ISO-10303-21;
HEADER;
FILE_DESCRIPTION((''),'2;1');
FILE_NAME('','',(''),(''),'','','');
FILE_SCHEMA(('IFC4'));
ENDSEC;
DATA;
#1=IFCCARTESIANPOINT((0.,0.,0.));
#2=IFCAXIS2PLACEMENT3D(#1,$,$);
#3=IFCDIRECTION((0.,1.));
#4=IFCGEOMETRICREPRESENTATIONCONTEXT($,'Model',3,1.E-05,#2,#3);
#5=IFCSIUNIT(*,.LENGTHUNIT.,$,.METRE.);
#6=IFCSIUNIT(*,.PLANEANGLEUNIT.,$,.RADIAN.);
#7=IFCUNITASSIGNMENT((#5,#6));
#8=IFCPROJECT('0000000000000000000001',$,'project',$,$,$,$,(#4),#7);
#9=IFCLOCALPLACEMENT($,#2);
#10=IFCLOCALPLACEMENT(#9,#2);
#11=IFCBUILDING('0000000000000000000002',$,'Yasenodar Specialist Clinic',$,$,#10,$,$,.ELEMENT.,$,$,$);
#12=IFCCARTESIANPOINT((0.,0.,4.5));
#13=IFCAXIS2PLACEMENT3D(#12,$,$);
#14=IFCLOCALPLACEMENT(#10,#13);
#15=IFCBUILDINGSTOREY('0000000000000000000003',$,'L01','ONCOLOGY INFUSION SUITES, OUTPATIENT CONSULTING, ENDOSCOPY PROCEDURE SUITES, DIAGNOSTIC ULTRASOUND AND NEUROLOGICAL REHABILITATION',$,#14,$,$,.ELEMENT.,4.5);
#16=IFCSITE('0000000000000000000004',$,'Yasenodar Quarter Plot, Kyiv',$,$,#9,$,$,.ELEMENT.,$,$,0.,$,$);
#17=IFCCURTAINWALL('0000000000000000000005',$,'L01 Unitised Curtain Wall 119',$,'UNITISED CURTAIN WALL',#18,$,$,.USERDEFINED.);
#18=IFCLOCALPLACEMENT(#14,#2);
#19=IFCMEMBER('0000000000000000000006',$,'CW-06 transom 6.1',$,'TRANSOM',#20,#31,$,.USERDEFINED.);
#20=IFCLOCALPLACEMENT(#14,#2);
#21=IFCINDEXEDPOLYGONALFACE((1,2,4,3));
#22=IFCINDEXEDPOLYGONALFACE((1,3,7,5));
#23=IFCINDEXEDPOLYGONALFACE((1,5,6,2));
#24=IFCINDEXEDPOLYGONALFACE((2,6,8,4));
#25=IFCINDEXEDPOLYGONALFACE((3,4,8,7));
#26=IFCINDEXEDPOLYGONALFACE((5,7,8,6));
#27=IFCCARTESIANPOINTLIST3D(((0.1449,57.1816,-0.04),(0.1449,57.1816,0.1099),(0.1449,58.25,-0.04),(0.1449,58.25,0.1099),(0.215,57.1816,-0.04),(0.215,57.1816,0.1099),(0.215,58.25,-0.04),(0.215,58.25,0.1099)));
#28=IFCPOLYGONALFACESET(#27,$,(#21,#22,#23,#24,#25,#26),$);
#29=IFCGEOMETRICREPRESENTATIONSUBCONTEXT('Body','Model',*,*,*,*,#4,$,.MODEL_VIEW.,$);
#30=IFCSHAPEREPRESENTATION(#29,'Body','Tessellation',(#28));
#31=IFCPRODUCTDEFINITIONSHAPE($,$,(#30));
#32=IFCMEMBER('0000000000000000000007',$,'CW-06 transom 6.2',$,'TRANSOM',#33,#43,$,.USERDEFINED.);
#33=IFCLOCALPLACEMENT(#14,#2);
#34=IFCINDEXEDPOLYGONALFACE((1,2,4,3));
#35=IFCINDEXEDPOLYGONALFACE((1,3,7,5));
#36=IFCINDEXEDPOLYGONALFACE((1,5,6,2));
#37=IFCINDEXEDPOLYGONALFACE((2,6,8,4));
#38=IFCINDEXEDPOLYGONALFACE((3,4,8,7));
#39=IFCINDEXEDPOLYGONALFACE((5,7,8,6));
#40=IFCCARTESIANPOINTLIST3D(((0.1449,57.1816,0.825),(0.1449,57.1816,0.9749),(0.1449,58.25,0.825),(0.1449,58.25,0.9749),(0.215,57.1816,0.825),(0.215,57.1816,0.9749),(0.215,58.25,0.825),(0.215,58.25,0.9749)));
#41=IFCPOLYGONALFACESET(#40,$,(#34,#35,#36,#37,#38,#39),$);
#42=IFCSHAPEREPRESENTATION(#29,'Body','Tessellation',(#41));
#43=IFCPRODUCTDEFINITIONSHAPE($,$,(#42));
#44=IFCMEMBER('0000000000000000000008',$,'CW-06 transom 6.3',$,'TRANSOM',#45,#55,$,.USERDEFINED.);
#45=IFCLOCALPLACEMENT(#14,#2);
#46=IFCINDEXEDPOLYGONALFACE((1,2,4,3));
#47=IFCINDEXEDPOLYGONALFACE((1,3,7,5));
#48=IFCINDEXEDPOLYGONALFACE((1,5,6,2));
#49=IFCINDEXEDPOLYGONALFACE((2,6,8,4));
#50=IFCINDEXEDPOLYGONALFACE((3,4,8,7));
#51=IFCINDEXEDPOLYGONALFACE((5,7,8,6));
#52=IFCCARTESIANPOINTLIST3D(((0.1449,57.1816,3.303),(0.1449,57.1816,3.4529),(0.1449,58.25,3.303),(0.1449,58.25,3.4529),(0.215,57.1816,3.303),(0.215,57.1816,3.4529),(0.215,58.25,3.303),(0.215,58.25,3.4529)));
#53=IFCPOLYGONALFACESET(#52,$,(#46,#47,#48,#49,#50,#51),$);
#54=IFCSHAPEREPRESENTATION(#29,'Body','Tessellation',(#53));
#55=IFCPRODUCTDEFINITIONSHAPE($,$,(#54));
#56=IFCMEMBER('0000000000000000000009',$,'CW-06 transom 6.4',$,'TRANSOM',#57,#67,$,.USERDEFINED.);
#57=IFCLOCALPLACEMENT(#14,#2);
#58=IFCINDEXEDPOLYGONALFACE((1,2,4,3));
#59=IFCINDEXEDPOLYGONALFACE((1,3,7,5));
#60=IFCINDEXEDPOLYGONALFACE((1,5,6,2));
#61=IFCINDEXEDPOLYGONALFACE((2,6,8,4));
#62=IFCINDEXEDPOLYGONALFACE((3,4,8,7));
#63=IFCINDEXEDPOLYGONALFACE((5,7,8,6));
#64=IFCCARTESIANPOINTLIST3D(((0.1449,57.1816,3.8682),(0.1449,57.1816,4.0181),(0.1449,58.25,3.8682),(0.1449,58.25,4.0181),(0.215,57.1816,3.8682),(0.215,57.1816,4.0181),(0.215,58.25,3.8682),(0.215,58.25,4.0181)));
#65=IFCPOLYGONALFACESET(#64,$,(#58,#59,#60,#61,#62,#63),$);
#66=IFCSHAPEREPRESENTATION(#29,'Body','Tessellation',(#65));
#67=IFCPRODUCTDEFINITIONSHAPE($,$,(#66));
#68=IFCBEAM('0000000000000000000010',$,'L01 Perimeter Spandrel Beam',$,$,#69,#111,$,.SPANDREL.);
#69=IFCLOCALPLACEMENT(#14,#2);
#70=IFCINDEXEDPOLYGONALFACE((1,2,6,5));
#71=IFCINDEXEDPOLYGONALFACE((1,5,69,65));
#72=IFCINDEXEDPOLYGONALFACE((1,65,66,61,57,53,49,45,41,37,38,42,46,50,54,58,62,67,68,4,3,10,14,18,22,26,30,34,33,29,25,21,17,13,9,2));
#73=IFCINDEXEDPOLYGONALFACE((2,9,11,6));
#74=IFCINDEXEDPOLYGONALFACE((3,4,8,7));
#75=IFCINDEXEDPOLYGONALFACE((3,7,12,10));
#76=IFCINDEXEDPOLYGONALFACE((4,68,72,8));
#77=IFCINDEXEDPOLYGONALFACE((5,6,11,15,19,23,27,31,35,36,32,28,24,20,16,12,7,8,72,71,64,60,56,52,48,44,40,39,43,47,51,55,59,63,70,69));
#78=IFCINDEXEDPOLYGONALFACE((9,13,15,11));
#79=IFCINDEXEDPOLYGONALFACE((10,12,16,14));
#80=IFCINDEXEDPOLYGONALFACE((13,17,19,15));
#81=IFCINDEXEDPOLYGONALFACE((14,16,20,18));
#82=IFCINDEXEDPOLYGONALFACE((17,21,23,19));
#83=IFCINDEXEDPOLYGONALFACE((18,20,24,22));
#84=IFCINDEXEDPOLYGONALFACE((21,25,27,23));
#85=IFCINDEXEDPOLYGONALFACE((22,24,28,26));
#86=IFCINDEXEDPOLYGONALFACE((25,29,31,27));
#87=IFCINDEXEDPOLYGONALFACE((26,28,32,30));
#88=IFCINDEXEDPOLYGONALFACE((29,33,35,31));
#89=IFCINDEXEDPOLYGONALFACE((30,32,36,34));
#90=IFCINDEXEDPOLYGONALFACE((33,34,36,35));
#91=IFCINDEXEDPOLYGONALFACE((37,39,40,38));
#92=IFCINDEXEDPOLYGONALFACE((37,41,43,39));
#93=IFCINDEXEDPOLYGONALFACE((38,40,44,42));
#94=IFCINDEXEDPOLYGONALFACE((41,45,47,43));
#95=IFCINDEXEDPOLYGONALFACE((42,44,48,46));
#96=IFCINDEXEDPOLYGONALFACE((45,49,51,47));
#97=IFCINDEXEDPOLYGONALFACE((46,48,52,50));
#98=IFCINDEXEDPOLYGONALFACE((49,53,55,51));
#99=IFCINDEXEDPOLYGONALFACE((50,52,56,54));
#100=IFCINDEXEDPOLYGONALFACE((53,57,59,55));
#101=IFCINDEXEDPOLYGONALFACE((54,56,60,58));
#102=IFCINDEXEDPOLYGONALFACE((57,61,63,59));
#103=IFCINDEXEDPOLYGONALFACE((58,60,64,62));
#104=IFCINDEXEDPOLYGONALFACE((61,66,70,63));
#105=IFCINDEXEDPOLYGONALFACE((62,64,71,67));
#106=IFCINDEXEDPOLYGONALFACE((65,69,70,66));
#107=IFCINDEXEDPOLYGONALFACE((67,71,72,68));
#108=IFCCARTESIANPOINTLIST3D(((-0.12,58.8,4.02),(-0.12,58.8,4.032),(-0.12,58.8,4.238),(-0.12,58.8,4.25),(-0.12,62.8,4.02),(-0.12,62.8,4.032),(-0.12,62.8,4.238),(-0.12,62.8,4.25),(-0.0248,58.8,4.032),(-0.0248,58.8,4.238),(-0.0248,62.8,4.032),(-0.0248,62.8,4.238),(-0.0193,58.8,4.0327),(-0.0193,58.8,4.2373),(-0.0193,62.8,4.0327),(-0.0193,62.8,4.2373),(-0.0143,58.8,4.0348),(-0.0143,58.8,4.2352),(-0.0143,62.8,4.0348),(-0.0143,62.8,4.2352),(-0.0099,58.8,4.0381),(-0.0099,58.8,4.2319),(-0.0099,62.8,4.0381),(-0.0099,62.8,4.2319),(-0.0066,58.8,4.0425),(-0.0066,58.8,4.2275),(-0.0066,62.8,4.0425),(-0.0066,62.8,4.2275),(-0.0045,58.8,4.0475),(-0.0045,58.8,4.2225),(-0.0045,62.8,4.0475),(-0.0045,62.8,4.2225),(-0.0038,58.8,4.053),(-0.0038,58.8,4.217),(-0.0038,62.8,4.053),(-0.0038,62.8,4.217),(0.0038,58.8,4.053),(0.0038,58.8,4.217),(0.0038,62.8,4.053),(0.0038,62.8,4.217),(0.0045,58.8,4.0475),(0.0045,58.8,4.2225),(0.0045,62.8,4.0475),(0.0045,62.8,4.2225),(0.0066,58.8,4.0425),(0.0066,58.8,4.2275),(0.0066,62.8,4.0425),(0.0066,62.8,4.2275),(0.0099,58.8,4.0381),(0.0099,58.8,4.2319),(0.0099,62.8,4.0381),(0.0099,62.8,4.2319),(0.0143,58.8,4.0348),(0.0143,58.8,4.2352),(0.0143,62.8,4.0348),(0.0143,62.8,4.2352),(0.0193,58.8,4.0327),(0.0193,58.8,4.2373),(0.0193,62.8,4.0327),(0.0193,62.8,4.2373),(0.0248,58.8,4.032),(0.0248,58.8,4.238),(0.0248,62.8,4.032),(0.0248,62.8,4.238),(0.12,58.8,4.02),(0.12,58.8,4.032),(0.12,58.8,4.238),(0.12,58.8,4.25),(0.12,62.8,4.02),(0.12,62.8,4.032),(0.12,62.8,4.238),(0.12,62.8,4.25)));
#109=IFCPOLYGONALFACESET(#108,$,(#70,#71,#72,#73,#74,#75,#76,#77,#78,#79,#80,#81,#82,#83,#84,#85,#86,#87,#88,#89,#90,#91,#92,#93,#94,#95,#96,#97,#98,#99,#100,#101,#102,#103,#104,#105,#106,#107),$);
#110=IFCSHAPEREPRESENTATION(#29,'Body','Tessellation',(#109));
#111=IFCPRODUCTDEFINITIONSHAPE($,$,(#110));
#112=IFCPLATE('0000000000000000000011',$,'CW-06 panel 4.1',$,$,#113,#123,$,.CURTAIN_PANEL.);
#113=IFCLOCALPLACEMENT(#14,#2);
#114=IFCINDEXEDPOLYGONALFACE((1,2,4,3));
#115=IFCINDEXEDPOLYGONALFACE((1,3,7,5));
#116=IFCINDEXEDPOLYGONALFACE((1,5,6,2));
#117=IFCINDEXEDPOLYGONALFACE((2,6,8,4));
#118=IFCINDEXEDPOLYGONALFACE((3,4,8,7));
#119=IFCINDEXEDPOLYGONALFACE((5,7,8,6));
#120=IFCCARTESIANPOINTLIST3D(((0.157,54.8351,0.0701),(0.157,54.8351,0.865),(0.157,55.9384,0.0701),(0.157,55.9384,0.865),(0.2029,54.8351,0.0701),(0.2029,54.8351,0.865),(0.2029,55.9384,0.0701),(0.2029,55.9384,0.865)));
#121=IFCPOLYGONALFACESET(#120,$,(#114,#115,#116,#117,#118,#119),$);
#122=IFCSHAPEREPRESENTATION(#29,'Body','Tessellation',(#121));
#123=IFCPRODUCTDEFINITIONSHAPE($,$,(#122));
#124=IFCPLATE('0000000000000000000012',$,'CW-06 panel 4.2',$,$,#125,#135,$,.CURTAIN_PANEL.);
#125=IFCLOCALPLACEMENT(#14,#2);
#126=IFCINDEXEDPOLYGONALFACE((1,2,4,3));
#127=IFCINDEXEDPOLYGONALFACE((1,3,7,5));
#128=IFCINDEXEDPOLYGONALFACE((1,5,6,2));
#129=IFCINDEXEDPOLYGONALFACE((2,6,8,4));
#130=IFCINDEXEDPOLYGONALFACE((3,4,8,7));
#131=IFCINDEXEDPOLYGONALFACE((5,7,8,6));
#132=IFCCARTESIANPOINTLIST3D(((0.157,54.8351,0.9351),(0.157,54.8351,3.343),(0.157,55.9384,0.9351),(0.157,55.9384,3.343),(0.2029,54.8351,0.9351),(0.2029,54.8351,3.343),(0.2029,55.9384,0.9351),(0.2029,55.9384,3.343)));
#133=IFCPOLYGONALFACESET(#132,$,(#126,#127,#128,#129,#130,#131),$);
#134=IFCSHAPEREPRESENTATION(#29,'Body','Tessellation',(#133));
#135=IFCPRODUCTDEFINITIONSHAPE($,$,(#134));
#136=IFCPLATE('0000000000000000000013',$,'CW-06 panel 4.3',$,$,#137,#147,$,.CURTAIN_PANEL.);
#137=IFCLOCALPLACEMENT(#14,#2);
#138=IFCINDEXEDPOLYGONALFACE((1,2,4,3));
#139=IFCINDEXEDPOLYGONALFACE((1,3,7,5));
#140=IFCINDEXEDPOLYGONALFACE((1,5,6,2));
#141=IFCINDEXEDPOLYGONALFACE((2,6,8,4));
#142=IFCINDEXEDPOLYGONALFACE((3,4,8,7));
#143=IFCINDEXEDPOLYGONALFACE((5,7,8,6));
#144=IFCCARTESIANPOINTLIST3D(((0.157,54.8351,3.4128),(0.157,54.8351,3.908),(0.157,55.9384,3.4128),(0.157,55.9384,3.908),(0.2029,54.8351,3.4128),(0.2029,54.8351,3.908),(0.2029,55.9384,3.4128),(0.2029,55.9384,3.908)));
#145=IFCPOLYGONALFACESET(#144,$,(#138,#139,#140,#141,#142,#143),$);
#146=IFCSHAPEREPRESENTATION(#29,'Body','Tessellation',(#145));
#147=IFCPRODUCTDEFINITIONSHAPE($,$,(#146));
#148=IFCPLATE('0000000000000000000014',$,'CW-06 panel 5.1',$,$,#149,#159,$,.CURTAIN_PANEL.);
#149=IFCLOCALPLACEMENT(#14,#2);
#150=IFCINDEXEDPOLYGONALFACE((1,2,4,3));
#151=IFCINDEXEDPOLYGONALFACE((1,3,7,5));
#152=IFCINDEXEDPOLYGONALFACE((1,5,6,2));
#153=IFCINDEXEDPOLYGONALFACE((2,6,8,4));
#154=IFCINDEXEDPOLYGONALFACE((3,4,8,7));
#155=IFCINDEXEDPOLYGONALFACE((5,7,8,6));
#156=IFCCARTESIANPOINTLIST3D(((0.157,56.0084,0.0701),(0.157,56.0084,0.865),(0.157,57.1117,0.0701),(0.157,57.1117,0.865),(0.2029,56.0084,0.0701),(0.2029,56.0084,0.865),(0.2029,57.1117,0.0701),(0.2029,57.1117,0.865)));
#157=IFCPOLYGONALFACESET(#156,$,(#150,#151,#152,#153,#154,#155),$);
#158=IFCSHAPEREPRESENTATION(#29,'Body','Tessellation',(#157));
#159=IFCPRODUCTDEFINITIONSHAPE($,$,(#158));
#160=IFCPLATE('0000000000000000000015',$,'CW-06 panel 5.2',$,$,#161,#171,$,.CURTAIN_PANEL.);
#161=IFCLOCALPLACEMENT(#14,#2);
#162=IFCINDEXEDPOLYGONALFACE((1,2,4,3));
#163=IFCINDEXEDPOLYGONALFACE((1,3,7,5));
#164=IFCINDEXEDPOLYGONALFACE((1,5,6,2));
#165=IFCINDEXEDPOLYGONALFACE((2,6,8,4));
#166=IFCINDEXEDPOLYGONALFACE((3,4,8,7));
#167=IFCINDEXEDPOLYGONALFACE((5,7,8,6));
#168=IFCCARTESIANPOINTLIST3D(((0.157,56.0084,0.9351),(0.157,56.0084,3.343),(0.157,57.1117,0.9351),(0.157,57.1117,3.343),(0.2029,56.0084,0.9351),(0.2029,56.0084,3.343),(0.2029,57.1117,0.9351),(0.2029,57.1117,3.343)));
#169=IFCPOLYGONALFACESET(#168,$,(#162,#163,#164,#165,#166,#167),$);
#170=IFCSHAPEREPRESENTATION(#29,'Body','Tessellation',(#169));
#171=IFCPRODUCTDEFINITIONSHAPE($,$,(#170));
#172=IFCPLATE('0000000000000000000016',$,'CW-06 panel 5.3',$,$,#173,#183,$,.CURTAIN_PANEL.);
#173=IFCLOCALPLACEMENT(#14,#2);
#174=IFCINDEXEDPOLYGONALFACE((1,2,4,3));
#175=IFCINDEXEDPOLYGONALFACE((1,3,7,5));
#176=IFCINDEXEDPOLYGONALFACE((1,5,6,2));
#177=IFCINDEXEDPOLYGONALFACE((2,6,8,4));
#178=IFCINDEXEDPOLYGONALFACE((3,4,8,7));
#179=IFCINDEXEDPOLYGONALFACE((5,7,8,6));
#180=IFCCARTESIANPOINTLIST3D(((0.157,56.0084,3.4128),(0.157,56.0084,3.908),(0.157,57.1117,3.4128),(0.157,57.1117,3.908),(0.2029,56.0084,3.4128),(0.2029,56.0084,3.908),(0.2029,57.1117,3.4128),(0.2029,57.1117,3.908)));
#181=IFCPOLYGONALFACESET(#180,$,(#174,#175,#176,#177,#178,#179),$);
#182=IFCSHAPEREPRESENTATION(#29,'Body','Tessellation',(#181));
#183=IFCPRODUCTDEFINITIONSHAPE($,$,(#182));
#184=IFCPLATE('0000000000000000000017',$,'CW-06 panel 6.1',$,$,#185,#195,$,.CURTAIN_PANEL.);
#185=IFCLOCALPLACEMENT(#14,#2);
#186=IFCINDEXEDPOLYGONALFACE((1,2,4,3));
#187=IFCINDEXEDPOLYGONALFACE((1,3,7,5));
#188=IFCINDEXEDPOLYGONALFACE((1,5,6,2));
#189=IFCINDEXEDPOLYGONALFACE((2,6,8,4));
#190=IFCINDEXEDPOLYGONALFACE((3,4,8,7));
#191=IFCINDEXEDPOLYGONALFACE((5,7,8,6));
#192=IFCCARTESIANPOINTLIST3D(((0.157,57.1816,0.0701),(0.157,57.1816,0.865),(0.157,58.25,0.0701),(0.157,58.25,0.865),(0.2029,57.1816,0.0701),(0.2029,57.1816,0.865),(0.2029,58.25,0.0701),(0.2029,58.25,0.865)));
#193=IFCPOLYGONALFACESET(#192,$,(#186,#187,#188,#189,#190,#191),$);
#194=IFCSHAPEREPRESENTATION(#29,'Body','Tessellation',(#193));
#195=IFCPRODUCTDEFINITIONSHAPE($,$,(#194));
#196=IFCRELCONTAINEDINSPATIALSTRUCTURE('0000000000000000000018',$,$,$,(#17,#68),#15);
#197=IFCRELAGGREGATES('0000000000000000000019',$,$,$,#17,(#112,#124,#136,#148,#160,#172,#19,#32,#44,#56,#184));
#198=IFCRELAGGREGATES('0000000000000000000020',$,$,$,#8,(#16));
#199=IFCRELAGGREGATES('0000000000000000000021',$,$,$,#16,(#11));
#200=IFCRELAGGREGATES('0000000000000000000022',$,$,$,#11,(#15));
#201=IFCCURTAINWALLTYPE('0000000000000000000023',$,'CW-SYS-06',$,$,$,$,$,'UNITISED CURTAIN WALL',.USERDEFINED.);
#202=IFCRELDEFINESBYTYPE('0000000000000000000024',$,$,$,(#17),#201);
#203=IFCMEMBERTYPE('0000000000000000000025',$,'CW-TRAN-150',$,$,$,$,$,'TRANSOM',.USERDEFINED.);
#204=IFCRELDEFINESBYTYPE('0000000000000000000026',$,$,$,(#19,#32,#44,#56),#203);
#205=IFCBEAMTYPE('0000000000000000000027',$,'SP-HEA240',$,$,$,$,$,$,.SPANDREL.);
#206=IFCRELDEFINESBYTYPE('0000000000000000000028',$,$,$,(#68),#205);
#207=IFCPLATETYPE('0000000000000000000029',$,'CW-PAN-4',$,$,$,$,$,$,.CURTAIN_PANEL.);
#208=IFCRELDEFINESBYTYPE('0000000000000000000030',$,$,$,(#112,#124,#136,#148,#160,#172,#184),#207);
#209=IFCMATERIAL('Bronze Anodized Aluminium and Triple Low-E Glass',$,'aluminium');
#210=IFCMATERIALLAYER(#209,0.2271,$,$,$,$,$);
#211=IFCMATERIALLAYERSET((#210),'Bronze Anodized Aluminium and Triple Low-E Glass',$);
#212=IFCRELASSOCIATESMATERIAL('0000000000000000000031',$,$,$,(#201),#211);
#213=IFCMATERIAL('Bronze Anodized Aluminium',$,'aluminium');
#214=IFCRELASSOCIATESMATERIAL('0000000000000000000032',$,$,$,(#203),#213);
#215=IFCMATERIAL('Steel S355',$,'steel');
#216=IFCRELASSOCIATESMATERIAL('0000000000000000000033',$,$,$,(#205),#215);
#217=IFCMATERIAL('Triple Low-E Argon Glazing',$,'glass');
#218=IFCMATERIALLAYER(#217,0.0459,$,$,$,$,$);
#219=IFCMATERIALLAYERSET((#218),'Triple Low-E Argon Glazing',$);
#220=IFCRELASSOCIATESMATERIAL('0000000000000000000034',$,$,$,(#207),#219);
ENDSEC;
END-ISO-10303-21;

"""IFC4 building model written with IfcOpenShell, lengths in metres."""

from ifc_helpers import new_model, si_unit, direction, frame, origin, origin_2d, place, context, subcontext, project, spatial, rectangle, i_section, extrude, material, layer, layer_set, material_profile, profile_set, type_object, element, aggregate, save


model = new_model("IFC4")

# Units and contexts
model_context = context("Model", 3, precision=1e-05, world=origin(), true_north=direction((0.0, 1.0)))
body_context = subcontext(model_context, "Body", "Model", "MODEL_VIEW")
ifc_project = project(units=[si_unit("LENGTHUNIT", "METRE"), si_unit("PLANEANGLEUNIT", "RADIAN")], contexts=[model_context])

# Site, building, storey
site_placement = place(None, origin())
site = spatial("IfcSite", under=ifc_project, at=site_placement, Name="Yasenodar Quarter Plot, Kyiv", CompositionType="ELEMENT", RefElevation=0.0)
building_placement = place(site_placement, origin())
building = spatial("IfcBuilding", under=site, at=building_placement, Name="Yasenodar Specialist Clinic", CompositionType="ELEMENT")
storey_placement = place(building_placement, frame((0.0, 0.0, 4.5)))
storey = spatial("IfcBuildingStorey", under=building, at=storey_placement, Name="L01", Description="ONCOLOGY INFUSION SUITES, OUTPATIENT CONSULTING, ENDOSCOPY PROCEDURE SUITES, DIAGNOSTIC ULTRASOUND AND NEUROLOGICAL REHABILITATION", CompositionType="ELEMENT", Elevation=4.5)

# Shared definitions
ifc_material_1 = material(Name="Steel S355", Category="steel")

# Curtain wall, members
ifc_material_2 = material(Name="Bronze Anodized Aluminium and Triple Low-E Glass", Category="aluminium")
ifc_layer_1 = layer(ifc_material_2, 0.2271)
ifc_layer_set_1 = layer_set([ifc_layer_1], Name="Bronze Anodized Aluminium and Triple Low-E Glass")
curtain_wall_type = type_object("IfcCurtainWallType", Name="CW-SYS-06", ElementType="UNITISED CURTAIN WALL", PredefinedType="USERDEFINED", material=ifc_layer_set_1)
curtain_wall_placement = place(storey_placement, origin())
curtain_wall = element("IfcCurtainWall", 1, at=curtain_wall_placement, inside=storey, type_object=curtain_wall_type, Name="L01 Unitised Curtain Wall 119", ObjectType="UNITISED CURTAIN WALL", PredefinedType="USERDEFINED")
ifc_material_3 = material(Name="Bronze Anodized Aluminium", Category="aluminium")
ifc_material_profile_1 = material_profile(ifc_material_3, rectangle(XDim=0.0701, YDim=0.1499, at=origin_2d()), Name="CW-TRAN 70x150")
ifc_profile_set_1 = profile_set([ifc_material_profile_1], Name="Bronze Anodized Aluminium")
member_type_1 = type_object("IfcMemberType", Name="CW-TRAN-150", ElementType="TRANSOM", PredefinedType="USERDEFINED", material=ifc_profile_set_1)
member_1_placement = place(storey_placement, frame((0.1799, 57.1816, 0.0349), z_axis=(0.0, 1.0, 0.0), x_axis=(-1.0, 0.0, 0.0)))
member_1 = element("IfcMember", 2, at=member_1_placement, type_object=member_type_1, Name="CW-06 transom 6.1", ObjectType="TRANSOM", PredefinedType="USERDEFINED", context=body_context, shape_type="SweptSolid", body=[
    extrude(rectangle(XDim=0.0701, YDim=0.1499, at=origin_2d()), origin(), (0.0, 0.0, 1.0), 1.0684),
])
member_2_placement = place(storey_placement, frame((0.1799, 57.1816, 0.8999), z_axis=(0.0, 1.0, 0.0), x_axis=(-1.0, 0.0, 0.0)))
member_2 = element("IfcMember", 3, at=member_2_placement, type_object=member_type_1, Name="CW-06 transom 6.2", ObjectType="TRANSOM", PredefinedType="USERDEFINED", context=body_context, shape_type="SweptSolid", body=[
    extrude(rectangle(XDim=0.0701, YDim=0.1499, at=origin_2d()), origin(), (0.0, 0.0, 1.0), 1.0684),
])
member_3_placement = place(storey_placement, frame((0.1799, 57.1816, 3.3779), z_axis=(0.0, 1.0, 0.0), x_axis=(-1.0, 0.0, 0.0)))
member_3 = element("IfcMember", 4, at=member_3_placement, type_object=member_type_1, Name="CW-06 transom 6.3", ObjectType="TRANSOM", PredefinedType="USERDEFINED", context=body_context, shape_type="SweptSolid", body=[
    extrude(rectangle(XDim=0.0701, YDim=0.1499, at=origin_2d()), origin(), (0.0, 0.0, 1.0), 1.0684),
])
member_4_placement = place(storey_placement, frame((0.1799, 57.1816, 3.9431), z_axis=(0.0, 1.0, 0.0), x_axis=(-1.0, 0.0, 0.0)))
member_4 = element("IfcMember", 5, at=member_4_placement, type_object=member_type_1, Name="CW-06 transom 6.4", ObjectType="TRANSOM", PredefinedType="USERDEFINED", context=body_context, shape_type="SweptSolid", body=[
    extrude(rectangle(XDim=0.0701, YDim=0.1499, at=origin_2d()), origin(), (0.0, 0.0, 1.0), 1.0684),
])

# Beam
ifc_material_profile_2 = material_profile(ifc_material_1, i_section(OverallWidth=0.24, OverallDepth=0.23, WebThickness=0.0076, FlangeThickness=0.012, FilletRadius=0.021, at=origin_2d()), Name="HEA 240")
ifc_profile_set_2 = profile_set([ifc_material_profile_2], Name="Steel S355")
beam_type_1 = type_object("IfcBeamType", Name="SP-HEA240", PredefinedType="SPANDREL", material=ifc_profile_set_2)
beam_1_placement = place(storey_placement, frame((0.0, 58.8, 4.135), z_axis=(0.0, 1.0, 0.0), x_axis=(-1.0, 0.0, 0.0)))
element("IfcBeam", 6, at=beam_1_placement, inside=storey, type_object=beam_type_1, Name="L01 Perimeter Spandrel Beam", PredefinedType="SPANDREL", context=body_context, shape_type="SweptSolid", body=[
    extrude(i_section(OverallWidth=0.24, OverallDepth=0.23, WebThickness=0.0076, FlangeThickness=0.012, FilletRadius=0.021, at=origin_2d()), origin(), (0.0, 0.0, 1.0), 4.0),
])

# Plates
ifc_material_4 = material(Name="Triple Low-E Argon Glazing", Category="glass")
ifc_layer_2 = layer(ifc_material_4, 0.0459)
ifc_layer_set_2 = layer_set([ifc_layer_2], Name="Triple Low-E Argon Glazing")
plate_type = type_object("IfcPlateType", Name="CW-PAN-4", PredefinedType="CURTAIN_PANEL", material=ifc_layer_set_2)
plate_1_placement = place(storey_placement, frame((0.1799, 55.3867, 0.0701), z_axis=(0.0, 0.0, 1.0), x_axis=(0.0, 1.0, 0.0)))
plate_1 = element("IfcPlate", 7, at=plate_1_placement, type_object=plate_type, Name="CW-06 panel 4.1", PredefinedType="CURTAIN_PANEL", context=body_context, shape_type="SweptSolid", body=[
    extrude(rectangle(XDim=1.1033, YDim=0.0459, at=origin_2d()), origin(), (0.0, 0.0, 1.0), 0.7949),
])
plate_2_placement = place(storey_placement, frame((0.1799, 55.3867, 0.9351), z_axis=(0.0, 0.0, 1.0), x_axis=(0.0, 1.0, 0.0)))
plate_2 = element("IfcPlate", 8, at=plate_2_placement, type_object=plate_type, Name="CW-06 panel 4.2", PredefinedType="CURTAIN_PANEL", context=body_context, shape_type="SweptSolid", body=[
    extrude(rectangle(XDim=1.1033, YDim=0.0459, at=origin_2d()), origin(), (0.0, 0.0, 1.0), 2.408),
])
plate_3_placement = place(storey_placement, frame((0.1799, 55.3867, 3.4128), z_axis=(0.0, 0.0, 1.0), x_axis=(0.0, 1.0, 0.0)))
plate_3 = element("IfcPlate", 9, at=plate_3_placement, type_object=plate_type, Name="CW-06 panel 4.3", PredefinedType="CURTAIN_PANEL", context=body_context, shape_type="SweptSolid", body=[
    extrude(rectangle(XDim=1.1033, YDim=0.0459, at=origin_2d()), origin(), (0.0, 0.0, 1.0), 0.4951),
])
plate_4_placement = place(storey_placement, frame((0.1799, 56.5601, 0.0701), z_axis=(0.0, 0.0, 1.0), x_axis=(0.0, 1.0, 0.0)))
plate_4 = element("IfcPlate", 10, at=plate_4_placement, type_object=plate_type, Name="CW-06 panel 5.1", PredefinedType="CURTAIN_PANEL", context=body_context, shape_type="SweptSolid", body=[
    extrude(rectangle(XDim=1.1033, YDim=0.0459, at=origin_2d()), origin(), (0.0, 0.0, 1.0), 0.7949),
])
plate_5_placement = place(storey_placement, frame((0.1799, 56.5601, 0.9351), z_axis=(0.0, 0.0, 1.0), x_axis=(0.0, 1.0, 0.0)))
plate_5 = element("IfcPlate", 11, at=plate_5_placement, type_object=plate_type, Name="CW-06 panel 5.2", PredefinedType="CURTAIN_PANEL", context=body_context, shape_type="SweptSolid", body=[
    extrude(rectangle(XDim=1.1033, YDim=0.0459, at=origin_2d()), origin(), (0.0, 0.0, 1.0), 2.408),
])
plate_6_placement = place(storey_placement, frame((0.1799, 56.5601, 3.4128), z_axis=(0.0, 0.0, 1.0), x_axis=(0.0, 1.0, 0.0)))
plate_6 = element("IfcPlate", 12, at=plate_6_placement, type_object=plate_type, Name="CW-06 panel 5.3", PredefinedType="CURTAIN_PANEL", context=body_context, shape_type="SweptSolid", body=[
    extrude(rectangle(XDim=1.1033, YDim=0.0459, at=origin_2d()), origin(), (0.0, 0.0, 1.0), 0.4951),
])
plate_7_placement = place(storey_placement, frame((0.1799, 57.7158, 0.0701), z_axis=(0.0, 0.0, 1.0), x_axis=(0.0, 1.0, 0.0)))
plate_7 = element("IfcPlate", 13, at=plate_7_placement, type_object=plate_type, Name="CW-06 panel 6.1", PredefinedType="CURTAIN_PANEL", context=body_context, shape_type="SweptSolid", body=[
    extrude(rectangle(XDim=1.0684, YDim=0.0459, at=origin_2d()), origin(), (0.0, 0.0, 1.0), 0.7949),
])
aggregate(curtain_wall, [plate_1, plate_2, plate_3, plate_4, plate_5, plate_6, member_1, member_2, member_3, member_4, plate_7])

save(model, "model.ifc")
